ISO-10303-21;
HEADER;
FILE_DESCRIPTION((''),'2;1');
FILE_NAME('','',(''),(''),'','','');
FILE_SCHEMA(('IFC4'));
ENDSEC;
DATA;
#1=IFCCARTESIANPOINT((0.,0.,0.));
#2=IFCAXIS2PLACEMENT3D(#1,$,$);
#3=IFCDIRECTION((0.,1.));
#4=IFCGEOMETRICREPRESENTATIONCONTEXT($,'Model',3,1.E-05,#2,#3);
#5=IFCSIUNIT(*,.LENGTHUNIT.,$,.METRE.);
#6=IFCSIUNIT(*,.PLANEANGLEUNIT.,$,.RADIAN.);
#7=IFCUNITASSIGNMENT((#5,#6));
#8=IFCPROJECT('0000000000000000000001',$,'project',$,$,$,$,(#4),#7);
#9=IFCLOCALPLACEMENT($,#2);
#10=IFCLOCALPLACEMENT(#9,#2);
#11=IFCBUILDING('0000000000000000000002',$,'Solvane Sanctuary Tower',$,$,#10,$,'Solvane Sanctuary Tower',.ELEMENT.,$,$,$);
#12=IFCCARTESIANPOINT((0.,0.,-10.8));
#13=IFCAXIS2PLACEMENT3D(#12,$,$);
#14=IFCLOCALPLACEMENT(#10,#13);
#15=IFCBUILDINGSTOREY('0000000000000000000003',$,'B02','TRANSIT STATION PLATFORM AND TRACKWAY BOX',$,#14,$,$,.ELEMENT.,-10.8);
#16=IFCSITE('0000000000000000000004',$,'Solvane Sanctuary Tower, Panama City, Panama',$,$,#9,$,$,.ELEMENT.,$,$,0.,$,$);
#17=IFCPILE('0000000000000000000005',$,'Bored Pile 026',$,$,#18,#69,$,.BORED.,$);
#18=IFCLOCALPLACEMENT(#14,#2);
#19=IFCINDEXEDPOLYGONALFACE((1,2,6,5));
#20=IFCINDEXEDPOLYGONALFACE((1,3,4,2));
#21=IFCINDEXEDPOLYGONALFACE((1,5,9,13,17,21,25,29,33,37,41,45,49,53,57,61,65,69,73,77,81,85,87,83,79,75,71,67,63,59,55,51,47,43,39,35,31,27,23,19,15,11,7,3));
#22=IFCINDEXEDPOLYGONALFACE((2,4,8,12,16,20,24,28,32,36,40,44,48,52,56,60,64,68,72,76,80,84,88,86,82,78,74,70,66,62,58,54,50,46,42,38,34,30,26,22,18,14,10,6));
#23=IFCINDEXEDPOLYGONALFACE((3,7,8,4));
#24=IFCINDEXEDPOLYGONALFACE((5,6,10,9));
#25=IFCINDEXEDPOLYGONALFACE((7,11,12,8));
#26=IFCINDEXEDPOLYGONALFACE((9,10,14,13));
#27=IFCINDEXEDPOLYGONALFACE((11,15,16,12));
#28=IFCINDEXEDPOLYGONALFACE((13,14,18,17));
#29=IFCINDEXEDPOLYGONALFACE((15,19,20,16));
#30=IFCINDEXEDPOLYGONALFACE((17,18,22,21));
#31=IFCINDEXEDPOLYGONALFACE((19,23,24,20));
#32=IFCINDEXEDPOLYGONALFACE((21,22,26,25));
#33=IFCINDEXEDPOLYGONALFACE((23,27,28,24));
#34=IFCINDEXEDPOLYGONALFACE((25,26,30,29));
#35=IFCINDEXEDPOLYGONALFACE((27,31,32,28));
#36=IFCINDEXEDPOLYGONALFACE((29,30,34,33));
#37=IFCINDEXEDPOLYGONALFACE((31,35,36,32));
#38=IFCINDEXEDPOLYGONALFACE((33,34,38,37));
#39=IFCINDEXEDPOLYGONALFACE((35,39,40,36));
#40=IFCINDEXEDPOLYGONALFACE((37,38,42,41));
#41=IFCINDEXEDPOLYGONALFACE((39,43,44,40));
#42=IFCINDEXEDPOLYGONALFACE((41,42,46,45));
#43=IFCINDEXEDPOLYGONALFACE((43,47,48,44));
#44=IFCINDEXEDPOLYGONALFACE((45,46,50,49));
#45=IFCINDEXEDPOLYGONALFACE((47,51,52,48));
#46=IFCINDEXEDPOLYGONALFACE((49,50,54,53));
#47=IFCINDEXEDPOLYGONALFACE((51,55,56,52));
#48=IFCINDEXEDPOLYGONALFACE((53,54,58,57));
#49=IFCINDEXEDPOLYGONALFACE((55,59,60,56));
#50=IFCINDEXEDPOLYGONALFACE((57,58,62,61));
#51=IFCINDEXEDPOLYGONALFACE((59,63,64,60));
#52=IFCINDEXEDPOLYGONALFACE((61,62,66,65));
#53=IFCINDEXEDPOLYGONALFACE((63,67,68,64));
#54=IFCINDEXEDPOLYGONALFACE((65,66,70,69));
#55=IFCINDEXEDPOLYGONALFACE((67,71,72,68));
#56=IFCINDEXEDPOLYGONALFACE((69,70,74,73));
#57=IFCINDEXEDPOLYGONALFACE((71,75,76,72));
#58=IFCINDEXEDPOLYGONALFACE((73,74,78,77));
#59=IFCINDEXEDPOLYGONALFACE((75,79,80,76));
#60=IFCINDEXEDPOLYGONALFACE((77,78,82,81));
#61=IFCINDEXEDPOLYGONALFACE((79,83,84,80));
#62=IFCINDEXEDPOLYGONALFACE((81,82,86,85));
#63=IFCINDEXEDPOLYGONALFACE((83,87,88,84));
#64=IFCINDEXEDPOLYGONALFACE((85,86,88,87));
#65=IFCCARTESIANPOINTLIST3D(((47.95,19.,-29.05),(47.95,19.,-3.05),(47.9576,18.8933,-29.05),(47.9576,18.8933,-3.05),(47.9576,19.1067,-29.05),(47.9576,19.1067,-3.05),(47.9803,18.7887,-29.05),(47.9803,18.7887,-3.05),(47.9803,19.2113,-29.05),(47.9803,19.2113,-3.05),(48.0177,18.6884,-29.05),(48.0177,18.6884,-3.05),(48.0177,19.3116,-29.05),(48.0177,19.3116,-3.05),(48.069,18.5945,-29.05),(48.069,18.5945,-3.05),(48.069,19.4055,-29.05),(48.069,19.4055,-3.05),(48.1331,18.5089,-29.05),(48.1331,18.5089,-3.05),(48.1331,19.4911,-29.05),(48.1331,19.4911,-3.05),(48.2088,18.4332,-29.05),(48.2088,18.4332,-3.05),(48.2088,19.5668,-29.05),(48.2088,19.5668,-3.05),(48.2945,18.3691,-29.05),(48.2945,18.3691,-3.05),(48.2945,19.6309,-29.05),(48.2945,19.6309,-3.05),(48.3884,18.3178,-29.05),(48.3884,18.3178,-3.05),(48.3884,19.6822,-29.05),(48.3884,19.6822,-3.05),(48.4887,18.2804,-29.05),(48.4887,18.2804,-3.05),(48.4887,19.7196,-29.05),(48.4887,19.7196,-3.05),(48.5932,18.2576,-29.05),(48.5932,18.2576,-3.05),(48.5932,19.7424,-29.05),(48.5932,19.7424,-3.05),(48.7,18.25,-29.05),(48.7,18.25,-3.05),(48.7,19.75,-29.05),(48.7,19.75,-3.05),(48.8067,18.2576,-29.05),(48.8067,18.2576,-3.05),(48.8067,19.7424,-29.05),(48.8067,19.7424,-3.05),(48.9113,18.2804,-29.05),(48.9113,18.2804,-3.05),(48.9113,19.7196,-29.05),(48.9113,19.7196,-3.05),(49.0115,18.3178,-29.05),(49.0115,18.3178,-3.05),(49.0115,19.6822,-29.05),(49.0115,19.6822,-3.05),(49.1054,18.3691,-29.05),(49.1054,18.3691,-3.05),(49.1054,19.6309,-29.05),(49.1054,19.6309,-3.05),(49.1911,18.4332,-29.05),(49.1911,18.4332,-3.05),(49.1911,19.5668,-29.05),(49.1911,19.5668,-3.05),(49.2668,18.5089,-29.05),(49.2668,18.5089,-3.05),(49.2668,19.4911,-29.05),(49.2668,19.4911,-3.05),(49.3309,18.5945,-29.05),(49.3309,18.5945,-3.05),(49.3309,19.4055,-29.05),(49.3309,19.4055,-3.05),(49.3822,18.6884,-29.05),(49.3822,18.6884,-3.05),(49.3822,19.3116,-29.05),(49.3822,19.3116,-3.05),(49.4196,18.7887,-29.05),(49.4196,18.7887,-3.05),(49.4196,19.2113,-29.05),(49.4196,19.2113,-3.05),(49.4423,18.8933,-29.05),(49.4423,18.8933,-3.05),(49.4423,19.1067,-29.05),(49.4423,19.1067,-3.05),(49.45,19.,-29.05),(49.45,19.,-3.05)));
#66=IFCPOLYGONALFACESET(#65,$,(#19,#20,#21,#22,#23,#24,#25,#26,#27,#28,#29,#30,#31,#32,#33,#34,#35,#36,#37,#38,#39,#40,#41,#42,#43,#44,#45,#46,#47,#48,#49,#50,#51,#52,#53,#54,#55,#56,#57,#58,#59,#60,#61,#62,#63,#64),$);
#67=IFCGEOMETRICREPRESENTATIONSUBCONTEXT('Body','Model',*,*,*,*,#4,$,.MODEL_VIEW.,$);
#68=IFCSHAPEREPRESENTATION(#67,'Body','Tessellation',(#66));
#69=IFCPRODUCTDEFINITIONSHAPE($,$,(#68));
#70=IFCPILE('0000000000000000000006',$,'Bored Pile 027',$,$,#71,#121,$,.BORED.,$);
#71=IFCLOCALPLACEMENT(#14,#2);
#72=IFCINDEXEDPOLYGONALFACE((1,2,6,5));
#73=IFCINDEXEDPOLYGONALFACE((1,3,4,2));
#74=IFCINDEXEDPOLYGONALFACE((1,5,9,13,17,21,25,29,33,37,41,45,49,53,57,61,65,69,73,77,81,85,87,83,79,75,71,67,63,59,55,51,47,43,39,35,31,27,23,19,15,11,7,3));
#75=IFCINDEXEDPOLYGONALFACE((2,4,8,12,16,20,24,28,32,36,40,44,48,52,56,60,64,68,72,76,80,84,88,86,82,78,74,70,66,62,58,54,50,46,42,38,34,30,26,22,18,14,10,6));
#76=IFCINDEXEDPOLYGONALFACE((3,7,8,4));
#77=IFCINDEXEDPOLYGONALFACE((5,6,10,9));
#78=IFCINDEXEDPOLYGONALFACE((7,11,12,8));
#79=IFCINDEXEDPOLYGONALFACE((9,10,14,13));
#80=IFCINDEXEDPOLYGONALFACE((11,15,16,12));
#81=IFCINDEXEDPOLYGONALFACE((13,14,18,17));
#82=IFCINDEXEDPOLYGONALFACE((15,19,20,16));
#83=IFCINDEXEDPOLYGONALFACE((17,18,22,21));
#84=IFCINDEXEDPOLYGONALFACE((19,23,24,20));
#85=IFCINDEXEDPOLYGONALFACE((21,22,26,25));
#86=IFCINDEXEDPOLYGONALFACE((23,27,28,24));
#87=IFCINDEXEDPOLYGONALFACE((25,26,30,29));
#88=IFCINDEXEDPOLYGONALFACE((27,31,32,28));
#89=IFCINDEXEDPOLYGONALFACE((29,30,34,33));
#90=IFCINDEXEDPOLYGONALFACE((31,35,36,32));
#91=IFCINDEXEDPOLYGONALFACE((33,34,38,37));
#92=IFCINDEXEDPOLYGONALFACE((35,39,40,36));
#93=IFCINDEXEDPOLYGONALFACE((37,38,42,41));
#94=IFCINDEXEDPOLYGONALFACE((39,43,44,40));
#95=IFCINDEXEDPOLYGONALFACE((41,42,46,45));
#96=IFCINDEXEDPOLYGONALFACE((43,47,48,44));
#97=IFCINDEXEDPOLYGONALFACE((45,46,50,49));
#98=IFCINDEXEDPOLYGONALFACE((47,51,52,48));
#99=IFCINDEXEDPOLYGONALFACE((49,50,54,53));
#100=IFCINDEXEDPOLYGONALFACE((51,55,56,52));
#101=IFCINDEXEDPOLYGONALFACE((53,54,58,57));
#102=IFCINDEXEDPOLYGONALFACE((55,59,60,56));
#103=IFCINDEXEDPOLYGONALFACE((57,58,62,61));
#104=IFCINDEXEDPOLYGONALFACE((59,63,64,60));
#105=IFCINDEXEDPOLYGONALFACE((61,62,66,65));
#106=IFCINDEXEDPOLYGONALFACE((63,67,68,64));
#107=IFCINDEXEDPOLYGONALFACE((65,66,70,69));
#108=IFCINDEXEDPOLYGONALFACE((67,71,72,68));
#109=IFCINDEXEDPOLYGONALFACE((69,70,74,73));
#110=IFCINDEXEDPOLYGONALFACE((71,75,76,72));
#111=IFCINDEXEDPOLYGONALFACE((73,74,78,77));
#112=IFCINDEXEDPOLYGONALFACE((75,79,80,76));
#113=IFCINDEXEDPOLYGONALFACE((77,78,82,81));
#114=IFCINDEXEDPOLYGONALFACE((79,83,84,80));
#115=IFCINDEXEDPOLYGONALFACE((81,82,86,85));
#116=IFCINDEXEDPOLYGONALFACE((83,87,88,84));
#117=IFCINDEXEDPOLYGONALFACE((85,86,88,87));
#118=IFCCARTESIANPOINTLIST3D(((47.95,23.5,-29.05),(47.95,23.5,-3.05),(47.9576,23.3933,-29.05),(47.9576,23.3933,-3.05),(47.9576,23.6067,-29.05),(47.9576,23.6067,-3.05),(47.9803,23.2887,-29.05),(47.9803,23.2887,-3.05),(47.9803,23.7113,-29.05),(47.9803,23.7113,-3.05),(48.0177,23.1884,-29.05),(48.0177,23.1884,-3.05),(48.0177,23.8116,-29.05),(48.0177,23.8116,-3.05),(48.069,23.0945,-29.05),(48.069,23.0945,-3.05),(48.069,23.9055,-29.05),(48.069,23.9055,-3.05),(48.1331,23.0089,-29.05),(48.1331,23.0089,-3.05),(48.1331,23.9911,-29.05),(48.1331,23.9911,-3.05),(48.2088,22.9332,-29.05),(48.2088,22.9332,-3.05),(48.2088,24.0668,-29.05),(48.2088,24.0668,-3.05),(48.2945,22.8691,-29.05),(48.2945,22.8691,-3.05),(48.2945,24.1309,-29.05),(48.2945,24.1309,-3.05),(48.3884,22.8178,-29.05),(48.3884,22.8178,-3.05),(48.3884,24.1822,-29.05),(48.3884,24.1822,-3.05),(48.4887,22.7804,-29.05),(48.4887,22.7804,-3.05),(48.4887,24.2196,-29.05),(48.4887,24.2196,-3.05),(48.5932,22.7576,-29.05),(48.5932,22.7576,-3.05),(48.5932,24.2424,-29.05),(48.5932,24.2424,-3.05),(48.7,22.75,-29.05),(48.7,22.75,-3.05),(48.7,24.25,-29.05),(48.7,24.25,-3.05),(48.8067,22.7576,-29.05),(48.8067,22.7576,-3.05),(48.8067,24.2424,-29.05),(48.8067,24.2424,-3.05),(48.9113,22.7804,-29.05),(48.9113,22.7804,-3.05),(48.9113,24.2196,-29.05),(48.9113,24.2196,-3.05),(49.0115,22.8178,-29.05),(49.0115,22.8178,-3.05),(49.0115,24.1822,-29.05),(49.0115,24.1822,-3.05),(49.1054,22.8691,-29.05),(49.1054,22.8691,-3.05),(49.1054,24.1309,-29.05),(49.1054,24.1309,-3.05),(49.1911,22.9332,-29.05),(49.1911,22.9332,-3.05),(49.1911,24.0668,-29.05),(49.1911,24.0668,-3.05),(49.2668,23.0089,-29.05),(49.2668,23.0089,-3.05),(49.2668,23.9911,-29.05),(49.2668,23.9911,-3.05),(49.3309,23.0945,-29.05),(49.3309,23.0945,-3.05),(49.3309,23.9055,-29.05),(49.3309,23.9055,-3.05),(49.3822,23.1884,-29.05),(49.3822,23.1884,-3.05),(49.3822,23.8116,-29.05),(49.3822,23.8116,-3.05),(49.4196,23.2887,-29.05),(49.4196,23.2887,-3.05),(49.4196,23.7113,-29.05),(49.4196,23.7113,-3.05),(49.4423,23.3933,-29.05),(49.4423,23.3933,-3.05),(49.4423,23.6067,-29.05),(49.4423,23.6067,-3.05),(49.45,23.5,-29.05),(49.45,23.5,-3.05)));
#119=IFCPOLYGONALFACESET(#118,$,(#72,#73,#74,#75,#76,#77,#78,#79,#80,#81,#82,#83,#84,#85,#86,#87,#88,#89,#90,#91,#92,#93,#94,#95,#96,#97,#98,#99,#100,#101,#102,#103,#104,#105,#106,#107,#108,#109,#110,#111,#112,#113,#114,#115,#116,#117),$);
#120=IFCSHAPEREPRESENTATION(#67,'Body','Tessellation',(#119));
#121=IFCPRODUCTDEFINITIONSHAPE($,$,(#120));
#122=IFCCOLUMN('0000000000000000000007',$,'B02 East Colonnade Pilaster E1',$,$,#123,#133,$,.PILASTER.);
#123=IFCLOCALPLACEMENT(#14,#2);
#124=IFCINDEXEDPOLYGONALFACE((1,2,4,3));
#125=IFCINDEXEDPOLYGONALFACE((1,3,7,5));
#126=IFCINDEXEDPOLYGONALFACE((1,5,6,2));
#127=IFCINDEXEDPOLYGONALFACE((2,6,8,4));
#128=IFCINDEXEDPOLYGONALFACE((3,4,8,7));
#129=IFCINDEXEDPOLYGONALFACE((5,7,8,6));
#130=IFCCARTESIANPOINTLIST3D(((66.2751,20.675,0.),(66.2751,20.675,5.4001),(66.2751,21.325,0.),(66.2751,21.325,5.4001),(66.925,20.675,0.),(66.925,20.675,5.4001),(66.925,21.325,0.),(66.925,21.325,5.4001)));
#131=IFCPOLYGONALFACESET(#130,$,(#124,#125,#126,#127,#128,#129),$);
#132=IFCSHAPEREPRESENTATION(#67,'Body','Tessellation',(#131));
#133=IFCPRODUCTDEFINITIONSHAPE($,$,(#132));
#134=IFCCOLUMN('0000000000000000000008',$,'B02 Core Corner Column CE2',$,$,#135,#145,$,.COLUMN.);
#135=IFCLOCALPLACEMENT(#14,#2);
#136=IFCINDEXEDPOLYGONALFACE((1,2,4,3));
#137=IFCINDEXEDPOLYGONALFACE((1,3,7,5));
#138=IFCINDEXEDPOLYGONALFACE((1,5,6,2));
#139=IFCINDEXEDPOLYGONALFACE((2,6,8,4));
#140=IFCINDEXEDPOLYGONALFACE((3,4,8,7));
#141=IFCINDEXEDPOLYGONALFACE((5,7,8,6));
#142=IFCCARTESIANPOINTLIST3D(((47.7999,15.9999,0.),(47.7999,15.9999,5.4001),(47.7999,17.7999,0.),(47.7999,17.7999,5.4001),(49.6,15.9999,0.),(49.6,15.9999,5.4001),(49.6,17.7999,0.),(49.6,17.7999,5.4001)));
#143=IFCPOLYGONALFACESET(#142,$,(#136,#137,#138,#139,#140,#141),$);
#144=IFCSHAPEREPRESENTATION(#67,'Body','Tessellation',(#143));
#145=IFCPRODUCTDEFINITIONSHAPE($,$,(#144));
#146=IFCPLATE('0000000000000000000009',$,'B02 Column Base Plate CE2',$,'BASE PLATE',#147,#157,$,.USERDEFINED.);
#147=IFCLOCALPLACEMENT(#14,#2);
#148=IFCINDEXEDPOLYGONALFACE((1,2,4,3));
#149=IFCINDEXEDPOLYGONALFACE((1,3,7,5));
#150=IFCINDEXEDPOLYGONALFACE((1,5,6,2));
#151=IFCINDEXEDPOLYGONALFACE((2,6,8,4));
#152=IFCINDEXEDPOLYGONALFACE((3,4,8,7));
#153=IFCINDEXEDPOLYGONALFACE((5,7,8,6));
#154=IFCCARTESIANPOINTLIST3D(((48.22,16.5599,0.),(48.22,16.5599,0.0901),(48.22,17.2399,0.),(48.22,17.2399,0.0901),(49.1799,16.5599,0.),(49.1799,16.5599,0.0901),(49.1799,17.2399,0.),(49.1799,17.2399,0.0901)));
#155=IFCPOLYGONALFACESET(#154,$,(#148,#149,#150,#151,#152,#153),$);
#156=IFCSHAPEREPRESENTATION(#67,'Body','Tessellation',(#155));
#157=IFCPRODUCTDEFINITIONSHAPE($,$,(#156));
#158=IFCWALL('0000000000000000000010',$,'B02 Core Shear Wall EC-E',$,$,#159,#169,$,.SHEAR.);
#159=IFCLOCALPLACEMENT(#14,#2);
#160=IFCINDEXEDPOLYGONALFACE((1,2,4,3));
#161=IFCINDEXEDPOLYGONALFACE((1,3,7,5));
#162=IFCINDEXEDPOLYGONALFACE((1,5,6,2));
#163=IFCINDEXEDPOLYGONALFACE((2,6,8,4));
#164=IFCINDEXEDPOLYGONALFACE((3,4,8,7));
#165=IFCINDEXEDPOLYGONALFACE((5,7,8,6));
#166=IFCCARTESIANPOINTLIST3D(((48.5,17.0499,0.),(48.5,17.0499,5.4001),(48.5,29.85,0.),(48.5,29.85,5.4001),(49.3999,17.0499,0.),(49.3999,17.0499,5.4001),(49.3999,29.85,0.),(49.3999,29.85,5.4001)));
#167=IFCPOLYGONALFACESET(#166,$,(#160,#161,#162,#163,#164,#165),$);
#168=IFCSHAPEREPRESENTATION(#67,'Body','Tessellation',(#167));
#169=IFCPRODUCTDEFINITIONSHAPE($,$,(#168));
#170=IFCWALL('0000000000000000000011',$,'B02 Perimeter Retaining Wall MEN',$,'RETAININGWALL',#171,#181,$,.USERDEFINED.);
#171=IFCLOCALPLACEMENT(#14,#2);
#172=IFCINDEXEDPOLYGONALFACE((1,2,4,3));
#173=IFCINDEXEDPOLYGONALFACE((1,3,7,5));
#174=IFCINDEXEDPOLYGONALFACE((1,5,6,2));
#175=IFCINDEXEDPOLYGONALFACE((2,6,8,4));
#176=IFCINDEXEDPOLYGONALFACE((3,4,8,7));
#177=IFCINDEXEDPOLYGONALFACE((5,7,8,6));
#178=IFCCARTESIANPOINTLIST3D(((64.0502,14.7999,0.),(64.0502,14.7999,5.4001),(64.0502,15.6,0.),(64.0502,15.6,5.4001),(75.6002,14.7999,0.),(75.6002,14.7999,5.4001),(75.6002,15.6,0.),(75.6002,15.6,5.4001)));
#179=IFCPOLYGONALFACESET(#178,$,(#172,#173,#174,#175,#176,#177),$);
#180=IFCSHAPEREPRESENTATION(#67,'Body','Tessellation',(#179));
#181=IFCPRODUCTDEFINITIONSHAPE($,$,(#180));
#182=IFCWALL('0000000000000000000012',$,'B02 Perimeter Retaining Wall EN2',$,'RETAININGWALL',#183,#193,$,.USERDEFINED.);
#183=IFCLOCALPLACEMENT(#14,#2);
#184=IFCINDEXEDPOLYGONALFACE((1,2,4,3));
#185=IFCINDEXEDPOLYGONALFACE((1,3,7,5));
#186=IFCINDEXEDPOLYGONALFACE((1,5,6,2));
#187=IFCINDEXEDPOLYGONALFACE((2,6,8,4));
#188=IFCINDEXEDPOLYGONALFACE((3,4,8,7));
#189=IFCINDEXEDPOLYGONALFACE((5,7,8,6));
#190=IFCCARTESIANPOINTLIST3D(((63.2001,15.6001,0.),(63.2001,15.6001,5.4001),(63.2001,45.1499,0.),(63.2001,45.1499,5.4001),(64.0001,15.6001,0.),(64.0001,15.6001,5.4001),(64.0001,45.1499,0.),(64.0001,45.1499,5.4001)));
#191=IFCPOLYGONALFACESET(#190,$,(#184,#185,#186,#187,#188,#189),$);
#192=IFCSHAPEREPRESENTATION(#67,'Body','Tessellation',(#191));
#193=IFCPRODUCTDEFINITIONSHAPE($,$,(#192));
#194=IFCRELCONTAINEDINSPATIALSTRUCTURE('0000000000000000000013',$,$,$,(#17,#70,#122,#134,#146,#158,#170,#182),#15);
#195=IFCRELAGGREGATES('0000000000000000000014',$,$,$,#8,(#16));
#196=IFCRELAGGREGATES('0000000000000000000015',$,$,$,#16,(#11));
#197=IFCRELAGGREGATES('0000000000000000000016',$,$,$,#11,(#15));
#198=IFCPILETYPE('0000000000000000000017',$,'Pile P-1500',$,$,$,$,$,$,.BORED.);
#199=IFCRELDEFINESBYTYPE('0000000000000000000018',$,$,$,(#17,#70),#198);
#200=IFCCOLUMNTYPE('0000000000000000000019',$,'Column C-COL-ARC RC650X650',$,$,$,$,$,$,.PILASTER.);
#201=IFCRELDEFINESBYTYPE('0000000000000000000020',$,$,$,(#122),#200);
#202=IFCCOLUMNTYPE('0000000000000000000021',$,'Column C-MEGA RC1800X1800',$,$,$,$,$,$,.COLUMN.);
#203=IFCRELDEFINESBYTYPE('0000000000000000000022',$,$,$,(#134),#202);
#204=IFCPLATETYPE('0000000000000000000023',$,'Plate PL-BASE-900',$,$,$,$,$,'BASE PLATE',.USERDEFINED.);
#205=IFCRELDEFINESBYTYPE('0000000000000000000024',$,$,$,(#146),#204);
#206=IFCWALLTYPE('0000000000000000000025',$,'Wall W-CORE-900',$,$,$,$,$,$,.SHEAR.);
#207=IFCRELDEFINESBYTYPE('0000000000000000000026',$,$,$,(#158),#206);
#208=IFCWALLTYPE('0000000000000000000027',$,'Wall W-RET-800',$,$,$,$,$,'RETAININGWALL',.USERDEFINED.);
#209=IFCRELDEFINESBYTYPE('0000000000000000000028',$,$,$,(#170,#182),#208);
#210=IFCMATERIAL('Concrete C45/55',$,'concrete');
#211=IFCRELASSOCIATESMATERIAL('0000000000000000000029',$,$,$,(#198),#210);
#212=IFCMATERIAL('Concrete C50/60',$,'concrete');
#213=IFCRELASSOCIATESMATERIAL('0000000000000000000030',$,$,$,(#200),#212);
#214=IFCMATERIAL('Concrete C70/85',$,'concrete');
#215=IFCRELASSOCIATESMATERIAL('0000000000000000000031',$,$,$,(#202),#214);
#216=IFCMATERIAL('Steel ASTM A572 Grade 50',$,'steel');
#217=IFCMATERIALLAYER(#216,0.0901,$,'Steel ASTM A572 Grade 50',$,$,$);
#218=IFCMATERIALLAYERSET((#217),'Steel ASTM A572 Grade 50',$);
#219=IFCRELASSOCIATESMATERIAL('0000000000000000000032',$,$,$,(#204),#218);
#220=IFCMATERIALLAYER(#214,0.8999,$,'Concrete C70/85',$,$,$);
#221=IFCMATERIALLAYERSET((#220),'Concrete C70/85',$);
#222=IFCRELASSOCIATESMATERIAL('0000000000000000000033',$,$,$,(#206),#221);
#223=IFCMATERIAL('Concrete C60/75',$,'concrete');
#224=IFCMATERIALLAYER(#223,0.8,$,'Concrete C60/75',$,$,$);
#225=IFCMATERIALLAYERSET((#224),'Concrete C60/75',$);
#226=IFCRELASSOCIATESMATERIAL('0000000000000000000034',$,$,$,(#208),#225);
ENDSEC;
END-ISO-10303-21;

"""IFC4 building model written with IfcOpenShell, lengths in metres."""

from ifc_helpers import new_model, si_unit, direction, frame, frame_2d, origin, origin_2d, place, context, subcontext, project, spatial, rectangle, circle, extrude, material, layer, layer_set, material_profile, profile_set, type_object, element, save


model = new_model("IFC4")

# Units and contexts
model_context = context("Model", 3, precision=1e-05, world=origin(), true_north=direction((0.0, 1.0)))
body_context = subcontext(model_context, "Body", "Model", "MODEL_VIEW")
ifc_project = project(units=[si_unit("LENGTHUNIT", "METRE"), si_unit("PLANEANGLEUNIT", "RADIAN")], contexts=[model_context])

# Site, building, storey
site_placement = place(None, origin())
site = spatial("IfcSite", under=ifc_project, at=site_placement, Name="Solvane Sanctuary Tower, Panama City, Panama", CompositionType="ELEMENT", RefElevation=0.0)
building_placement = place(site_placement, origin())
building = spatial("IfcBuilding", under=site, at=building_placement, Name="Solvane Sanctuary Tower", LongName="Solvane Sanctuary Tower", CompositionType="ELEMENT")
storey_placement = place(building_placement, frame((0.0, 0.0, -10.8)))
storey = spatial("IfcBuildingStorey", under=building, at=storey_placement, Name="B02", Description="TRANSIT STATION PLATFORM AND TRACKWAY BOX", CompositionType="ELEMENT", Elevation=-10.8)

# Shared definitions
ifc_material_1 = material(Name="Concrete C50/60", Category="concrete")

# Piles
ifc_material_2 = material(Name="Concrete C45/55", Category="concrete")
ifc_material_profile_1 = material_profile(ifc_material_2, circle(Radius=0.75, at=origin_2d()), Name="PILE1500")
ifc_profile_set_1 = profile_set([ifc_material_profile_1], Name="Concrete C45/55")
pile_type_1 = type_object("IfcPileType", Name="Pile P-1500", PredefinedType="BORED", material=ifc_profile_set_1)
for number, where, z_axis, x_axis, name in (
    (1, (48.7, 19.0, -3.05), (0.0, 0.0, -1.0), (1.0, 0.0, 0.0), "Bored Pile 026"),
    (2, (48.7, 23.5, -3.05), (0.0, 0.0, -1.0), (1.0, 0.0, 0.0), "Bored Pile 027"),
):
    element("IfcPile", number, at=place(storey_placement, frame(where, z_axis=z_axis, x_axis=x_axis)), inside=storey, type_object=pile_type_1, Name=name, PredefinedType="BORED", context=body_context, shape_type="SweptSolid", body=[
        extrude(circle(Radius=0.75, at=origin_2d()), origin(), (0.0, 0.0, 1.0), 26.0),
    ])

# Columns
ifc_material_profile_2 = material_profile(ifc_material_1, rectangle(XDim=0.6499, YDim=0.6499, at=origin_2d()), Name="RC650X650")
ifc_profile_set_2 = profile_set([ifc_material_profile_2], Name="Concrete C50/60")
column_type_1 = type_object("IfcColumnType", Name="Column C-COL-ARC RC650X650", PredefinedType="PILASTER", material=ifc_profile_set_2)
column_1_placement = place(storey_placement, frame((66.6001, 21.0, 0.0), z_axis=(0.0, 0.0, 1.0), x_axis=(1.0, 0.0, 0.0)))
element("IfcColumn", 3, at=column_1_placement, inside=storey, type_object=column_type_1, Name="B02 East Colonnade Pilaster E1", PredefinedType="PILASTER", context=body_context, shape_type="SweptSolid", body=[
    extrude(rectangle(XDim=0.6499, YDim=0.6499, at=origin_2d()), origin(), (0.0, 0.0, 1.0), 5.4001),
])
ifc_material_3 = material(Name="Concrete C70/85", Category="concrete")
ifc_material_profile_3 = material_profile(ifc_material_3, rectangle(XDim=1.8, YDim=1.8, at=origin_2d()), Name="RC1800X1800")
ifc_profile_set_3 = profile_set([ifc_material_profile_3], Name="Concrete C70/85")
column_type_2 = type_object("IfcColumnType", Name="Column C-MEGA RC1800X1800", PredefinedType="COLUMN", material=ifc_profile_set_3)
column_2_placement = place(storey_placement, frame((48.7, 16.8999, 0.0), z_axis=(0.0, 0.0, 1.0), x_axis=(1.0, 0.0, 0.0)))
element("IfcColumn", 4, at=column_2_placement, inside=storey, type_object=column_type_2, Name="B02 Core Corner Column CE2", PredefinedType="COLUMN", context=body_context, shape_type="SweptSolid", body=[
    extrude(rectangle(XDim=1.8, YDim=1.8, at=origin_2d()), origin(), (0.0, 0.0, 1.0), 5.4001),
])

# Plate
ifc_material_4 = material(Name="Steel ASTM A572 Grade 50", Category="steel")
ifc_layer_1 = layer(ifc_material_4, 0.0901, Name="Steel ASTM A572 Grade 50")
ifc_layer_set_1 = layer_set([ifc_layer_1], Name="Steel ASTM A572 Grade 50")
plate_type = type_object("IfcPlateType", Name="Plate PL-BASE-900", ElementType="BASE PLATE", PredefinedType="USERDEFINED", material=ifc_layer_set_1)
plate_placement = place(storey_placement, frame((48.7, 16.8999, 0.0), z_axis=(0.0, 0.0, 1.0), x_axis=(1.0, 0.0, 0.0)))
element("IfcPlate", 5, at=plate_placement, inside=storey, type_object=plate_type, Name="B02 Column Base Plate CE2", ObjectType="BASE PLATE", PredefinedType="USERDEFINED", context=body_context, shape_type="SweptSolid", body=[
    extrude(rectangle(XDim=0.96, YDim=0.6799, at=origin_2d()), origin(), (0.0, 0.0, 1.0), 0.0901),
])

# Walls
ifc_layer_2 = layer(ifc_material_3, 0.8999, Name="Concrete C70/85")
ifc_layer_set_2 = layer_set([ifc_layer_2], Name="Concrete C70/85")
wall_type_1 = type_object("IfcWallType", Name="Wall W-CORE-900", PredefinedType="SHEAR", material=ifc_layer_set_2)
wall_1_placement = place(storey_placement, frame((48.95, 17.05, 0.0), z_axis=(0.0, 0.0, 1.0), x_axis=(0.0, 1.0, 0.0)))
element("IfcWall", 6, at=wall_1_placement, inside=storey, type_object=wall_type_1, Name="B02 Core Shear Wall EC-E", PredefinedType="SHEAR", context=body_context, shape_type="SweptSolid", body=[
    extrude(rectangle(XDim=12.8, YDim=0.8999, at=frame_2d((6.3999, 0.0))), origin(), (0.0, 0.0, 1.0), 5.4001),
])
ifc_material_5 = material(Name="Concrete C60/75", Category="concrete")
ifc_layer_3 = layer(ifc_material_5, 0.8, Name="Concrete C60/75")
ifc_layer_set_3 = layer_set([ifc_layer_3], Name="Concrete C60/75")
wall_type_2 = type_object("IfcWallType", Name="Wall W-RET-800", ElementType="RETAININGWALL", PredefinedType="USERDEFINED", material=ifc_layer_set_3)
wall_2_placement = place(storey_placement, frame((75.6001, 15.2, 0.0), z_axis=(0.0, 0.0, 1.0), x_axis=(-1.0, 0.0, 0.0)))
element("IfcWall", 7, at=wall_2_placement, inside=storey, type_object=wall_type_2, Name="B02 Perimeter Retaining Wall MEN", ObjectType="RETAININGWALL", PredefinedType="USERDEFINED", context=body_context, shape_type="SweptSolid", body=[
    extrude(rectangle(XDim=11.55, YDim=0.8, at=frame_2d((5.7749, 0.0))), origin(), (0.0, 0.0, 1.0), 5.4001),
])
wall_3_placement = place(storey_placement, frame((63.6001, 15.6001, 0.0), z_axis=(0.0, 0.0, 1.0), x_axis=(0.0, 1.0, 0.0)))
element("IfcWall", 8, at=wall_3_placement, inside=storey, type_object=wall_type_2, Name="B02 Perimeter Retaining Wall EN2", ObjectType="RETAININGWALL", PredefinedType="USERDEFINED", context=body_context, shape_type="SweptSolid", body=[
    extrude(rectangle(XDim=29.5498, YDim=0.8, at=frame_2d((14.7749, 0.0))), origin(), (0.0, 0.0, 1.0), 5.4001),
])

save(model, "model.ifc")
